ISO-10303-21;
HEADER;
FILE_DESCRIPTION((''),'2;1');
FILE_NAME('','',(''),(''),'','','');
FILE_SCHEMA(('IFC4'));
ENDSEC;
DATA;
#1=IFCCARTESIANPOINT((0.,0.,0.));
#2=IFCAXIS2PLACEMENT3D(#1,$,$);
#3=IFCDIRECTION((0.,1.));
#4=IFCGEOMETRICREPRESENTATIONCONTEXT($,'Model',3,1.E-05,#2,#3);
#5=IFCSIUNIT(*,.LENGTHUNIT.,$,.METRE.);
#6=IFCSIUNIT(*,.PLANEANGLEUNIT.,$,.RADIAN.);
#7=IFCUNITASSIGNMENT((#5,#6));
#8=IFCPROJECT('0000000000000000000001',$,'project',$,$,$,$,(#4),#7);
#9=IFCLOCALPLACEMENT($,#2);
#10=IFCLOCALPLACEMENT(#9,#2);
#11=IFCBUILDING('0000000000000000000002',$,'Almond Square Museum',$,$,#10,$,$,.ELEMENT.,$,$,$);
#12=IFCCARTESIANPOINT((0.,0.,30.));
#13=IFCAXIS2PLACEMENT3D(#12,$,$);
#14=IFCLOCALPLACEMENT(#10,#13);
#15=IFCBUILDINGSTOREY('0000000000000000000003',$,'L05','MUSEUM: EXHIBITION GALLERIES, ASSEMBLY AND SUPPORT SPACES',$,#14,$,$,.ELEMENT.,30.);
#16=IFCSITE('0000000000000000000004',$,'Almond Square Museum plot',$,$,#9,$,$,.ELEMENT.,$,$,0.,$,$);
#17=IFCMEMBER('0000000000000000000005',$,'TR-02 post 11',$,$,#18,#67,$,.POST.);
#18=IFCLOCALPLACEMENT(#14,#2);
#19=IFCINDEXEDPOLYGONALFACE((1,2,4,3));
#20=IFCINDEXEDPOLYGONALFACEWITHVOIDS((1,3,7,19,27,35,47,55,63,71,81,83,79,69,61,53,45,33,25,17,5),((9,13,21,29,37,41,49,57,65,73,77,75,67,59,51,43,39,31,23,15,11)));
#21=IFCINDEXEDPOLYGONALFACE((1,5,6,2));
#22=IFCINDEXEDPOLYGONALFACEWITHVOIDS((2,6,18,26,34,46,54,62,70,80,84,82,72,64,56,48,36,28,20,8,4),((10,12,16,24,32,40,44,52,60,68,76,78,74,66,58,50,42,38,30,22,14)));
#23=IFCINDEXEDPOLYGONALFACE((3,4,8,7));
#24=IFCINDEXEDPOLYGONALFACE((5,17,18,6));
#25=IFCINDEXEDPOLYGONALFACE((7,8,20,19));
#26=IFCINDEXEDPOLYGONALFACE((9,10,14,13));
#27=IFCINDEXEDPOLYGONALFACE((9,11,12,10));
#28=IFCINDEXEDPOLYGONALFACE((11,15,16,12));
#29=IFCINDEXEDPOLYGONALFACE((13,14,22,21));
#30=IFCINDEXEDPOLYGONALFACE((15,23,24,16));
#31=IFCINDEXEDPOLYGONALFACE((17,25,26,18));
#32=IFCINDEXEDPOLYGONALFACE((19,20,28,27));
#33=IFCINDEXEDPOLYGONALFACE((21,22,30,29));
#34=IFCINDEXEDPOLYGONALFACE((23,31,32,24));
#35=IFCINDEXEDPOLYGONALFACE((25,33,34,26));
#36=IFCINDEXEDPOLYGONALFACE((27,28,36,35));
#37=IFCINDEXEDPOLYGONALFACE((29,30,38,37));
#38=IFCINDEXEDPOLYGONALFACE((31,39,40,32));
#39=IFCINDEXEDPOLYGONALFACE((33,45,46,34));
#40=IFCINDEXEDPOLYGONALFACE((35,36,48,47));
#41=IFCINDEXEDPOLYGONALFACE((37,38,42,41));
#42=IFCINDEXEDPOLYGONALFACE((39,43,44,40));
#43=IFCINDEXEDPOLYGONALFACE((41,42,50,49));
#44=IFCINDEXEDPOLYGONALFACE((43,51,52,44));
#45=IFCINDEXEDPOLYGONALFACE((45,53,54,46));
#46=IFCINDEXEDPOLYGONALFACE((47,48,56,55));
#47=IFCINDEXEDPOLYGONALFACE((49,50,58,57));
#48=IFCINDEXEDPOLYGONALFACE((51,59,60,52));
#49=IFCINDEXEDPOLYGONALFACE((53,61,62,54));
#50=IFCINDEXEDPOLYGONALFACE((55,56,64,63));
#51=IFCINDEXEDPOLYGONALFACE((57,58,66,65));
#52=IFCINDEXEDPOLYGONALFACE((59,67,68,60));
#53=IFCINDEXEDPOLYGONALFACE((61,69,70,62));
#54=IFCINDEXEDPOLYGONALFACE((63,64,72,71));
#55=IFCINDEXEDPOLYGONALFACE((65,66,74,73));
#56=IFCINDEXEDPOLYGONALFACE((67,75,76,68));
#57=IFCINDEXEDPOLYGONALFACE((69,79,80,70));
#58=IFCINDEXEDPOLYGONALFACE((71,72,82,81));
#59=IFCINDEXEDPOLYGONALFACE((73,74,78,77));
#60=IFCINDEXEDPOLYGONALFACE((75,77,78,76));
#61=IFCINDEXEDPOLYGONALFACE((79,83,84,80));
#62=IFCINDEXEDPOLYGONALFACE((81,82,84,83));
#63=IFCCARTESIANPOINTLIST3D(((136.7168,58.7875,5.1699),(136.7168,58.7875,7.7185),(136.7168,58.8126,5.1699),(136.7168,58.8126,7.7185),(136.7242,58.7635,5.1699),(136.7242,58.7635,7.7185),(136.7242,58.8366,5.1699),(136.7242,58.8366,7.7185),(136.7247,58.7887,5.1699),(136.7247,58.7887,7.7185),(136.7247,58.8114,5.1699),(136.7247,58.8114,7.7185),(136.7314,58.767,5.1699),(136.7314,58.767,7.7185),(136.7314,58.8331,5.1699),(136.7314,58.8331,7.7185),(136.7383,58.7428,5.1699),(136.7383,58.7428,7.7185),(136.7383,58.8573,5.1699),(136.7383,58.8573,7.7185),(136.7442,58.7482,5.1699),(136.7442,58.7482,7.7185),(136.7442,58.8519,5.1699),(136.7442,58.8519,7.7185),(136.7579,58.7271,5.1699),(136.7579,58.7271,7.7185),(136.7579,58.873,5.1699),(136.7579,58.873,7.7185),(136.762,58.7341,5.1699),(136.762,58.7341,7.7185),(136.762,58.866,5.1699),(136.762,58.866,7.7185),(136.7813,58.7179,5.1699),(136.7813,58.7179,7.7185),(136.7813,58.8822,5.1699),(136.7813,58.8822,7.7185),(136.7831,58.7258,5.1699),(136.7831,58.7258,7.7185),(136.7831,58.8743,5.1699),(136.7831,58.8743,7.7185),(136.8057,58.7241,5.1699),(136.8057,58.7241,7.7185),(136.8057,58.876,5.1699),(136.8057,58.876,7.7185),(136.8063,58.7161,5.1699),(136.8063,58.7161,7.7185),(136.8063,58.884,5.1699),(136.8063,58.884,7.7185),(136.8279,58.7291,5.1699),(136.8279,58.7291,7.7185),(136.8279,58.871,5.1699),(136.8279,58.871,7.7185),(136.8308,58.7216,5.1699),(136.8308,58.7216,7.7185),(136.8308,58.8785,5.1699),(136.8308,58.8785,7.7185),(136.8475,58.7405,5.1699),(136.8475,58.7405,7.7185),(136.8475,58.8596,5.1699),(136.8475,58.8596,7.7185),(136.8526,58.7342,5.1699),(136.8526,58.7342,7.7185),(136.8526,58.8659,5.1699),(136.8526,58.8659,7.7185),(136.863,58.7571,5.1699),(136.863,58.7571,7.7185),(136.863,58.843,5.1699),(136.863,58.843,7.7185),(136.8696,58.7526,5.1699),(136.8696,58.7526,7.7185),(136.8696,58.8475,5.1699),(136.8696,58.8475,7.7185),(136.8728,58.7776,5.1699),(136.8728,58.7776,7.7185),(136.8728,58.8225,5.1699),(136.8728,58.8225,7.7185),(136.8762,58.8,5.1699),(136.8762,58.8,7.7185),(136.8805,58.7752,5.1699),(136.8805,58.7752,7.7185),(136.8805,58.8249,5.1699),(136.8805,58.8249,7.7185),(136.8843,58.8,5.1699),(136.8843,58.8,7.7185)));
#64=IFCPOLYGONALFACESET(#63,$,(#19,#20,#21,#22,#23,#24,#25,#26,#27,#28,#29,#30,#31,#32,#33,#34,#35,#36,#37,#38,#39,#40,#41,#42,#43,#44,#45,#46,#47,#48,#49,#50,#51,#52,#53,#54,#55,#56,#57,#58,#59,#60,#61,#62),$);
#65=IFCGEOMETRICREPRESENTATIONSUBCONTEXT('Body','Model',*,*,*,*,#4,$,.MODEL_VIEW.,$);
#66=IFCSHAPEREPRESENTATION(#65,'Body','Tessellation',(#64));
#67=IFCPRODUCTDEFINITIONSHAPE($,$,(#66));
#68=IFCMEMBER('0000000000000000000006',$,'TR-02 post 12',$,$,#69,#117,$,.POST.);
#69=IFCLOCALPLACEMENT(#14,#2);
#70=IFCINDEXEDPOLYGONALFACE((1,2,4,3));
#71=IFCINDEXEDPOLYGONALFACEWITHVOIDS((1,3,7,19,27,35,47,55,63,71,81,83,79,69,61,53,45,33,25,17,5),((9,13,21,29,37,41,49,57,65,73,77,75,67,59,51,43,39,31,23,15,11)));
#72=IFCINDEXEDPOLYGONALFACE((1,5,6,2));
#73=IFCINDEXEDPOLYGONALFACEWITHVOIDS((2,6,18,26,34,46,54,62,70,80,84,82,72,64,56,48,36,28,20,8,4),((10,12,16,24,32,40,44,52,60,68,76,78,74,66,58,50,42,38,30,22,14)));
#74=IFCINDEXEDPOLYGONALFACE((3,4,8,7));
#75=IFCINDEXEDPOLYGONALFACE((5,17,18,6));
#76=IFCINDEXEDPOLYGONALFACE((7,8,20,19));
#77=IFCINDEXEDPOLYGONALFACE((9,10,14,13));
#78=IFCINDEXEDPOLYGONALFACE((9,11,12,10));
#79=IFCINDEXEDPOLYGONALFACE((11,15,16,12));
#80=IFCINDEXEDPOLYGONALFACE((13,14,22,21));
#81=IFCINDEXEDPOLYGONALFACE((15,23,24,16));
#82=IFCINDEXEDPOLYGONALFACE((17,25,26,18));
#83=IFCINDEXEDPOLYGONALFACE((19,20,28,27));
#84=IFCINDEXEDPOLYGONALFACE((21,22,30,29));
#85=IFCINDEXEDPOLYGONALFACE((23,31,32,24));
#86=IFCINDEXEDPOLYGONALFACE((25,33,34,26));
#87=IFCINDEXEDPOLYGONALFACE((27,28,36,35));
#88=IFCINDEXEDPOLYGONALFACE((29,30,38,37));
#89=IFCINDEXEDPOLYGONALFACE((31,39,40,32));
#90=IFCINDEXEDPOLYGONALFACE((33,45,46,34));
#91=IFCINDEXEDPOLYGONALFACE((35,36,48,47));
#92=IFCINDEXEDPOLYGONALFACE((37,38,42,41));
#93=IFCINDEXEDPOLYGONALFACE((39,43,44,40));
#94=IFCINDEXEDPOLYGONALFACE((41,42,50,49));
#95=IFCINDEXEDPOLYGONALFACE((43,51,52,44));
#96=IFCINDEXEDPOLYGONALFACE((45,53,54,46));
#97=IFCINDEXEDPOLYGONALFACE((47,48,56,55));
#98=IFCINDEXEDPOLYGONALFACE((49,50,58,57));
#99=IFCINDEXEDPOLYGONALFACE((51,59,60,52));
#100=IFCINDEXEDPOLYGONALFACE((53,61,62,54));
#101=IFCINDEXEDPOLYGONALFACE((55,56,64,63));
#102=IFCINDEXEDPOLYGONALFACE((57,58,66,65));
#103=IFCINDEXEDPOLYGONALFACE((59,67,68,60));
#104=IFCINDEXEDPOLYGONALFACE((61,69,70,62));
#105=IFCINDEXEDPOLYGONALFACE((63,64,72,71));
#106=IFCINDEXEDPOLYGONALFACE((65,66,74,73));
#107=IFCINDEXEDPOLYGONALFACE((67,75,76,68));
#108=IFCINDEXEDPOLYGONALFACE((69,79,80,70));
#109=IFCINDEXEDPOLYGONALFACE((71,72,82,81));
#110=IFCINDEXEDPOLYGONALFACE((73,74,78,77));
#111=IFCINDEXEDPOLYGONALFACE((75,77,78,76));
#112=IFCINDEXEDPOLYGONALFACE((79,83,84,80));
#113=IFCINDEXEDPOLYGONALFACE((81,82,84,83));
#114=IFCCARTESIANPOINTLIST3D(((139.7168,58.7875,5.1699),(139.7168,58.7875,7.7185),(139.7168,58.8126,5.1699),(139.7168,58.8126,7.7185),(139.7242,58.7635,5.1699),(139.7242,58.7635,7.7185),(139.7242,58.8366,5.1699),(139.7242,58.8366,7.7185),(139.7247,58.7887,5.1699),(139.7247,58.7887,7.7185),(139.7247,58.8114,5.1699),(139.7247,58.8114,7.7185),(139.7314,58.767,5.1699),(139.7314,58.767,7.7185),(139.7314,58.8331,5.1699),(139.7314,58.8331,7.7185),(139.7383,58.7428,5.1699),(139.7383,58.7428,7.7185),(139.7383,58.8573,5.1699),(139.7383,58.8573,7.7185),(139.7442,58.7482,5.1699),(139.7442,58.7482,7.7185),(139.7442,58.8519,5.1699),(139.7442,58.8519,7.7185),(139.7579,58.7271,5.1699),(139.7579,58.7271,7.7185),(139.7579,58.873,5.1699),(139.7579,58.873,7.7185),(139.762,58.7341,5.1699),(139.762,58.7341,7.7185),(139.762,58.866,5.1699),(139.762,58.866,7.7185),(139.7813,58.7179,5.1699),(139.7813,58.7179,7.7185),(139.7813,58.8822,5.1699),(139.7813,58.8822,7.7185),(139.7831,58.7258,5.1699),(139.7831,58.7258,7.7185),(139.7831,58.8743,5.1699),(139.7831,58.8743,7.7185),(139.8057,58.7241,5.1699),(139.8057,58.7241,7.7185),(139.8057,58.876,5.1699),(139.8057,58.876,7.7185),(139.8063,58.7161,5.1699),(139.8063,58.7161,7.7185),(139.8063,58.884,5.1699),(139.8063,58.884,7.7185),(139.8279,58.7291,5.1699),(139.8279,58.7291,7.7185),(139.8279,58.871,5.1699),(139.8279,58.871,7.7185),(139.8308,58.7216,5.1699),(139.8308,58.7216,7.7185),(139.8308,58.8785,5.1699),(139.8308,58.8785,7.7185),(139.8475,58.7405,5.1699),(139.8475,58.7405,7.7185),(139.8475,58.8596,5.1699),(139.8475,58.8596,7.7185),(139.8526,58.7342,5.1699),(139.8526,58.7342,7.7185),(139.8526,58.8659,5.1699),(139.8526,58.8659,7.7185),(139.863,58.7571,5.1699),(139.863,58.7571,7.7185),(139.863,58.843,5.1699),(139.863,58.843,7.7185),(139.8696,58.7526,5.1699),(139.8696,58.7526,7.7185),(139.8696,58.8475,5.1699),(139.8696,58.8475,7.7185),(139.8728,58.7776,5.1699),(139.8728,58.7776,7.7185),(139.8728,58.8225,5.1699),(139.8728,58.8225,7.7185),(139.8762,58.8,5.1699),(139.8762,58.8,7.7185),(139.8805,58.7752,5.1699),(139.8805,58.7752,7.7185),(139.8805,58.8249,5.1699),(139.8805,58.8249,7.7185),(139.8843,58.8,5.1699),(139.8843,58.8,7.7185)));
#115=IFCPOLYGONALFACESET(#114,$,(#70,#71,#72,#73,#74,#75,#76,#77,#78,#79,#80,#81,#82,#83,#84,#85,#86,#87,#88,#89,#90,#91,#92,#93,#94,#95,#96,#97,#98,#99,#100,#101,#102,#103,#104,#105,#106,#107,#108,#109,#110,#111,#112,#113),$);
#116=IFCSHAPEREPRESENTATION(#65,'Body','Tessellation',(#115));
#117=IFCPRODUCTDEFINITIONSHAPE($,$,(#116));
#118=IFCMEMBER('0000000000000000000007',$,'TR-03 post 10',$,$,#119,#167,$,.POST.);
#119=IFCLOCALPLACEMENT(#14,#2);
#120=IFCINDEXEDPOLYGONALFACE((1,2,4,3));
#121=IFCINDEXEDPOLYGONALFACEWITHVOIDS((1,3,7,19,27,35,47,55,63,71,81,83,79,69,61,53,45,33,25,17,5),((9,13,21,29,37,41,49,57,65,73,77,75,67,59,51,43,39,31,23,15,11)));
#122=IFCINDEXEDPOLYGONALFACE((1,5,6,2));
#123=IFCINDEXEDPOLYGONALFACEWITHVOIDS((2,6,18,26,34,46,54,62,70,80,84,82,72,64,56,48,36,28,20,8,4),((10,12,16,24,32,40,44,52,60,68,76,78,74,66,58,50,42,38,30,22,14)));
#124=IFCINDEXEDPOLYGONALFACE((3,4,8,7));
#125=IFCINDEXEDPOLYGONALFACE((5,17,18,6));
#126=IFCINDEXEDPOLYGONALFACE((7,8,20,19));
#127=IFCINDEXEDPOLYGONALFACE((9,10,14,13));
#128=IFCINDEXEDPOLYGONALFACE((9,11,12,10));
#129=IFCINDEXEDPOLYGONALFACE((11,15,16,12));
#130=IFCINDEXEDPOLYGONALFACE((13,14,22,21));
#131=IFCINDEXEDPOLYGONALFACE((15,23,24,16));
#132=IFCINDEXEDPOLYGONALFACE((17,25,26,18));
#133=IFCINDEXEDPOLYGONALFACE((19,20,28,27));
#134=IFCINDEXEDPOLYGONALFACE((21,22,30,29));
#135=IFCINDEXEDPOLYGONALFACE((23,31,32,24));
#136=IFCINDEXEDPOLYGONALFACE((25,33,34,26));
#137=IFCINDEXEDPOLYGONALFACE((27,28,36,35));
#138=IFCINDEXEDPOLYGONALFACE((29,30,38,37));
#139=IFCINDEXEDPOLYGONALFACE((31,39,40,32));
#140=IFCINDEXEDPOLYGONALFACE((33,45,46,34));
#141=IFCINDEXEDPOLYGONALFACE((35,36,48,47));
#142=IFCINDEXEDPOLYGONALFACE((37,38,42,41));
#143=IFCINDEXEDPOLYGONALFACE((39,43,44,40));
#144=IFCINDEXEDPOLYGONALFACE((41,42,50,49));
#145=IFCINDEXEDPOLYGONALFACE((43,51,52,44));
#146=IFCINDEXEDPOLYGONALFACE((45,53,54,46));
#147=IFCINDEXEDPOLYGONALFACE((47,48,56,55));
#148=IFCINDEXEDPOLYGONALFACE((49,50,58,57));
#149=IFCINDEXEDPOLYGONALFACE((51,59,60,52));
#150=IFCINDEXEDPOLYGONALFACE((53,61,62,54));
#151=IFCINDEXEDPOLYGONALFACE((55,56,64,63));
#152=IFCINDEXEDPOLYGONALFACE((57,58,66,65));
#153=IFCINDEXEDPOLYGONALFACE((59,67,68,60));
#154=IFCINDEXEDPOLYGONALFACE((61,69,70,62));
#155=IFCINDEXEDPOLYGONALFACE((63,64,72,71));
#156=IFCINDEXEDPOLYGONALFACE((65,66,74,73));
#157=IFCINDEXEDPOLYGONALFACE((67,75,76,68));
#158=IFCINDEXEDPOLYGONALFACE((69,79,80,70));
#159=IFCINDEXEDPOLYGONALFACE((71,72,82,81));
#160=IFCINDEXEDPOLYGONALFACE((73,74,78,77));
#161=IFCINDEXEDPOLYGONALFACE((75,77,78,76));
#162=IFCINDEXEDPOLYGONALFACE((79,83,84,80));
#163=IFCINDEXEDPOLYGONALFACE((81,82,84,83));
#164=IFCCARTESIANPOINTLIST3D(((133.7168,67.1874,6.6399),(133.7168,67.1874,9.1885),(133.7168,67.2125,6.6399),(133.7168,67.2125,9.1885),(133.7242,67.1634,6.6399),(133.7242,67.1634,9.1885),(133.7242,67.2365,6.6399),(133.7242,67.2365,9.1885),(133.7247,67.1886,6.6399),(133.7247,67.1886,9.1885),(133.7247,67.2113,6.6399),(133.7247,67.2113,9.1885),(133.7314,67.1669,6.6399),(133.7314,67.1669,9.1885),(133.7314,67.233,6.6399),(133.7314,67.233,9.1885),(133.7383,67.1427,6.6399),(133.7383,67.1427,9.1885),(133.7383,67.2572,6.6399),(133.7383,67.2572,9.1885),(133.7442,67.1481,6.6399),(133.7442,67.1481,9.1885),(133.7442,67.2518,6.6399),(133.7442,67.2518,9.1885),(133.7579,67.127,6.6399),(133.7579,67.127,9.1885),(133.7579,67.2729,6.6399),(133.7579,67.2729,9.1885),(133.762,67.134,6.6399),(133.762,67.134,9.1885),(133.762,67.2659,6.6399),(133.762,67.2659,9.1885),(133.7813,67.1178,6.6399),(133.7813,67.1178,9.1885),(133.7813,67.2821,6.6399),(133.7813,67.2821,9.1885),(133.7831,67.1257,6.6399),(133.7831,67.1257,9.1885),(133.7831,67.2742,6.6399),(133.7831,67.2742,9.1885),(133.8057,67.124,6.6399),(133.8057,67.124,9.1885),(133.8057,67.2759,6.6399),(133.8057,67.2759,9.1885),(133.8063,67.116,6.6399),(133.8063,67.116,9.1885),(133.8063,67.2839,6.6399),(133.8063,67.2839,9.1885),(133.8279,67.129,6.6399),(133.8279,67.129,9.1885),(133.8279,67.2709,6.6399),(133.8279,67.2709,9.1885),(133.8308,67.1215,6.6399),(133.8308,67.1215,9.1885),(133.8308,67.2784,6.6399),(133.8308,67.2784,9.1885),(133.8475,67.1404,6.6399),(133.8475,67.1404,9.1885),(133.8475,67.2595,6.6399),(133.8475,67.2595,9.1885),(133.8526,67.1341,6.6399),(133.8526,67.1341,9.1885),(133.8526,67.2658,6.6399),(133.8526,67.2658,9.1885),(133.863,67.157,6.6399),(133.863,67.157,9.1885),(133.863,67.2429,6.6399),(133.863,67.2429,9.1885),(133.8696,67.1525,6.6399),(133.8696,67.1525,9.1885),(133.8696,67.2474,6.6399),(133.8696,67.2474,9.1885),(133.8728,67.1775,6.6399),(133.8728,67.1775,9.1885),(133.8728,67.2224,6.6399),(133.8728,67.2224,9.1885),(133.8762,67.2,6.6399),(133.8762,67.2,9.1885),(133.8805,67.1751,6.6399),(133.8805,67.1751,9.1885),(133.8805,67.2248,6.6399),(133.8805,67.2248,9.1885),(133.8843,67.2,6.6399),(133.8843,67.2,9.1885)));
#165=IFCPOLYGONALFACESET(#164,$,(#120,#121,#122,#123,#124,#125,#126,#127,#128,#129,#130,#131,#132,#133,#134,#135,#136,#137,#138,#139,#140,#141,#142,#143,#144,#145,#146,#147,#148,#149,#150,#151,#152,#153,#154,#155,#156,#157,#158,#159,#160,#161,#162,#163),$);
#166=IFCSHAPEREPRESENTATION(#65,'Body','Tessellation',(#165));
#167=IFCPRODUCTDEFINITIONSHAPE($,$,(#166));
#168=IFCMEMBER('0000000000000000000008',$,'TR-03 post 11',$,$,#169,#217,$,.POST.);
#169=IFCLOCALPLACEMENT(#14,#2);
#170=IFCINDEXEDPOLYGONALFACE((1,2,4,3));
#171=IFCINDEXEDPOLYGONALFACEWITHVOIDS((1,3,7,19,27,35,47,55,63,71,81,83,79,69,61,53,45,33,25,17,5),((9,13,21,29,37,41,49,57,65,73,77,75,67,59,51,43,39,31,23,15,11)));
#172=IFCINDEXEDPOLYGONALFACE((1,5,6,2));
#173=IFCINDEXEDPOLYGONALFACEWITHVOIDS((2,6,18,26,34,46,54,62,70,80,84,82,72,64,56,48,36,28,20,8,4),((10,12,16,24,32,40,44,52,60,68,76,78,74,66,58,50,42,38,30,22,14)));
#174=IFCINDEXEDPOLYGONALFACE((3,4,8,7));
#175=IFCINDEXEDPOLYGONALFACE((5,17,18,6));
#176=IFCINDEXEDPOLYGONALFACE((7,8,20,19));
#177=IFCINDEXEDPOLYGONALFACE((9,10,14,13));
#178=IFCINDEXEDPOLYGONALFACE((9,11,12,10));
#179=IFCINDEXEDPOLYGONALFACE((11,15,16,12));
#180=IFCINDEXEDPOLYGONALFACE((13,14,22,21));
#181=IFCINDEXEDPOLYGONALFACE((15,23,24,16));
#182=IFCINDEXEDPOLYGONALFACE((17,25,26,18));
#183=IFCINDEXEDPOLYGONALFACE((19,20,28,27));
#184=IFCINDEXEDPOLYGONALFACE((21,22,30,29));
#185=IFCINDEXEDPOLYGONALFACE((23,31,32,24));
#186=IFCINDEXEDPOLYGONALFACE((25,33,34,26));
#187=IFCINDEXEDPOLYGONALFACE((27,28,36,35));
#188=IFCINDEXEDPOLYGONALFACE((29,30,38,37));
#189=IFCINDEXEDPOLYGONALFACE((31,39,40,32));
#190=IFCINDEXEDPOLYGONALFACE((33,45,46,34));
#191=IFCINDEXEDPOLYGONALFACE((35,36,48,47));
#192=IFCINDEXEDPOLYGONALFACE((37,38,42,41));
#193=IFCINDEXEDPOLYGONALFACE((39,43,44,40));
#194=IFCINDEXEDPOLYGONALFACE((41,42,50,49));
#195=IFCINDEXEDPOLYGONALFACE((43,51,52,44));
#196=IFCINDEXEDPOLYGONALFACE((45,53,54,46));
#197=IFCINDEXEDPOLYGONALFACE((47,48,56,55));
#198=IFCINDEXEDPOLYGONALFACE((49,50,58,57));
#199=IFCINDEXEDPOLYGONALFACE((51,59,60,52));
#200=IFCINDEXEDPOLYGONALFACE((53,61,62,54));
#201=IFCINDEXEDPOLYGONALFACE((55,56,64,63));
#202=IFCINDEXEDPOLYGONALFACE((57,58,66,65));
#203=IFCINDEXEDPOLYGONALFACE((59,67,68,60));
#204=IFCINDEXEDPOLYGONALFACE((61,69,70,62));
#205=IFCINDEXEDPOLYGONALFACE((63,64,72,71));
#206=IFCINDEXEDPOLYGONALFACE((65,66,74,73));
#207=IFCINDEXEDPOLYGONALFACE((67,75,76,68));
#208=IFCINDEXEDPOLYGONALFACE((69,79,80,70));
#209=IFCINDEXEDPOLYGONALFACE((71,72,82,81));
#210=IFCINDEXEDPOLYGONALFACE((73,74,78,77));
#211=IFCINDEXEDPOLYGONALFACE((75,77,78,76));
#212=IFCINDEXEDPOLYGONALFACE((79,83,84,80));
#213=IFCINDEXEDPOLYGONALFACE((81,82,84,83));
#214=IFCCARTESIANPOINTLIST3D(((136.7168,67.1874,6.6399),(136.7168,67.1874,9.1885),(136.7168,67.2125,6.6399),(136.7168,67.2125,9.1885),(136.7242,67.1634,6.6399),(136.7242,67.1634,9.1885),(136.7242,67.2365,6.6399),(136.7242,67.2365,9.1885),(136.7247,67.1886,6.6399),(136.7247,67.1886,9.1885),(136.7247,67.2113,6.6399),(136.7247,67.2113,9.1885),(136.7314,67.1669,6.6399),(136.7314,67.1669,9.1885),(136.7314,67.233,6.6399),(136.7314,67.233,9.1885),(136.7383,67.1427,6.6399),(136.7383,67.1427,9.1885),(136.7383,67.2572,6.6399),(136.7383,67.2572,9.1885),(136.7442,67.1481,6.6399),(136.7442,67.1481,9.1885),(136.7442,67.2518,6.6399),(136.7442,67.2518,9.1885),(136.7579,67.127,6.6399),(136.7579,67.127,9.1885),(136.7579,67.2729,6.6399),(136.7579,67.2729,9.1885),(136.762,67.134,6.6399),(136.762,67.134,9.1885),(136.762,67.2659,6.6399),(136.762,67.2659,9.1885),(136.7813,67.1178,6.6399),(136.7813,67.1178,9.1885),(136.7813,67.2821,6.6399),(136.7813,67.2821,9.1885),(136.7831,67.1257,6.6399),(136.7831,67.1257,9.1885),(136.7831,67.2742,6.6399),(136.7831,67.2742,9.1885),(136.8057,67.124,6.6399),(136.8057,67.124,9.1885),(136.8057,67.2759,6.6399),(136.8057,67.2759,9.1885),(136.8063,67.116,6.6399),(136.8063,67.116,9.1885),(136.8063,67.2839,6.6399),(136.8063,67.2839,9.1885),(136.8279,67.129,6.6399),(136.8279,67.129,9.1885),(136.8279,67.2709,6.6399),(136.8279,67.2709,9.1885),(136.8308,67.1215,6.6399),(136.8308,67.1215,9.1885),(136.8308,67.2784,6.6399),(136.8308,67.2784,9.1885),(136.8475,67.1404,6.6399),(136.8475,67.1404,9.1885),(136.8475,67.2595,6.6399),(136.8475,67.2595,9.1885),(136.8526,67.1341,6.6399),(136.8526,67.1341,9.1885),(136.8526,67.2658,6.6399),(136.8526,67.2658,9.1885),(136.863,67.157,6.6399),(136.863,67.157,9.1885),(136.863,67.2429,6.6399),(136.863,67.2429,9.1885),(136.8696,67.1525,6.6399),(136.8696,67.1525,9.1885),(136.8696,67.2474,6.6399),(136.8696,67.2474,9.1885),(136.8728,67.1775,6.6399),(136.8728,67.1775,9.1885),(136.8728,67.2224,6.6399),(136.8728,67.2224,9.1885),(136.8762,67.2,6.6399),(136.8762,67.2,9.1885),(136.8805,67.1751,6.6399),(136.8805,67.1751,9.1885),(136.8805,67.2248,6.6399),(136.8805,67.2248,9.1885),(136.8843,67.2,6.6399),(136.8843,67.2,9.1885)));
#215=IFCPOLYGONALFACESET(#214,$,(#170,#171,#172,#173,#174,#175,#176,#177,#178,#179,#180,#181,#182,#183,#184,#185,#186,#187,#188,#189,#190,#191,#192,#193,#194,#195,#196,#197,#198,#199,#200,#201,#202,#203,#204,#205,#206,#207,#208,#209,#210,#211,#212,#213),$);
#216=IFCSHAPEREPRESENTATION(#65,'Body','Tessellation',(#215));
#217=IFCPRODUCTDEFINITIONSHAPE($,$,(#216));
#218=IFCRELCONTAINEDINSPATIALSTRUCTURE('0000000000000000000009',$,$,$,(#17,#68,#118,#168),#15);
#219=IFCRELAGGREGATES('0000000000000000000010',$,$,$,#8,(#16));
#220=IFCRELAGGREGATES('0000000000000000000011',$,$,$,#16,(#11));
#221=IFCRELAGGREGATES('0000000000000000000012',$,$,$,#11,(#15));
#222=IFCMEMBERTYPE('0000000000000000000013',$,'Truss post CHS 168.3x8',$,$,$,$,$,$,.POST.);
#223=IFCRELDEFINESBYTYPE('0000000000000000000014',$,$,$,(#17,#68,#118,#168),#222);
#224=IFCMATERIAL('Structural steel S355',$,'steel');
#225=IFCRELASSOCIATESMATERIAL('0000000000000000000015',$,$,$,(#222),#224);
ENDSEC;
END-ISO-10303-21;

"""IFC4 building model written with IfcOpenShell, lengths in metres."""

from ifc_helpers import new_model, si_unit, direction, frame, origin, origin_2d, place, context, subcontext, project, spatial, hollow_circle, extrude, material, material_profile, profile_set, type_object, element, save


model = new_model("IFC4")

# Units and contexts
model_context = context("Model", 3, precision=1e-05, world=origin(), true_north=direction((0.0, 1.0)))
body_context = subcontext(model_context, "Body", "Model", "MODEL_VIEW")
ifc_project = project(units=[si_unit("LENGTHUNIT", "METRE"), si_unit("PLANEANGLEUNIT", "RADIAN")], contexts=[model_context])

# Site, building, storey
site_placement = place(None, origin())
site = spatial("IfcSite", under=ifc_project, at=site_placement, Name="Almond Square Museum plot", CompositionType="ELEMENT", RefElevation=0.0)
building_placement = place(site_placement, origin())
building = spatial("IfcBuilding", under=site, at=building_placement, Name="Almond Square Museum", CompositionType="ELEMENT")
storey_placement = place(building_placement, frame((0.0, 0.0, 30.0)))
storey = spatial("IfcBuildingStorey", under=building, at=storey_placement, Name="L05", Description="MUSEUM: EXHIBITION GALLERIES, ASSEMBLY AND SUPPORT SPACES", CompositionType="ELEMENT", Elevation=30.0)

# Members
ifc_material_1 = material(Name="Structural steel S355", Category="steel")
ifc_material_profile_1 = material_profile(ifc_material_1, hollow_circle(Radius=0.0842, WallThickness=0.0081, at=origin_2d()))
ifc_profile_set_1 = profile_set([ifc_material_profile_1], Name="Structural steel S355")
member_type_1 = type_object("IfcMemberType", Name="Truss post CHS 168.3x8", PredefinedType="POST", material=ifc_profile_set_1)
for number, where, z_axis, x_axis, name in (
    (1, (136.8, 58.8, 5.1699), (0.0, 0.0, 1.0), (1.0, 0.0, 0.0), "TR-02 post 11"),
    (2, (139.8, 58.8, 5.1699), (0.0, 0.0, 1.0), (1.0, 0.0, 0.0), "TR-02 post 12"),
    (3, (133.8, 67.2, 6.6399), (0.0, 0.0, 1.0), (1.0, 0.0, 0.0), "TR-03 post 10"),
    (4, (136.8, 67.2, 6.6399), (0.0, 0.0, 1.0), (1.0, 0.0, 0.0), "TR-03 post 11"),
):
    element("IfcMember", number, at=place(storey_placement, frame(where, z_axis=z_axis, x_axis=x_axis)), inside=storey, type_object=member_type_1, Name=name, PredefinedType="POST", context=body_context, shape_type="SweptSolid", body=[
        extrude(hollow_circle(Radius=0.0842, WallThickness=0.0081, at=origin_2d()), origin(), (0.0, 0.0, 1.0), 2.5486),
    ])

save(model, "model.ifc")
